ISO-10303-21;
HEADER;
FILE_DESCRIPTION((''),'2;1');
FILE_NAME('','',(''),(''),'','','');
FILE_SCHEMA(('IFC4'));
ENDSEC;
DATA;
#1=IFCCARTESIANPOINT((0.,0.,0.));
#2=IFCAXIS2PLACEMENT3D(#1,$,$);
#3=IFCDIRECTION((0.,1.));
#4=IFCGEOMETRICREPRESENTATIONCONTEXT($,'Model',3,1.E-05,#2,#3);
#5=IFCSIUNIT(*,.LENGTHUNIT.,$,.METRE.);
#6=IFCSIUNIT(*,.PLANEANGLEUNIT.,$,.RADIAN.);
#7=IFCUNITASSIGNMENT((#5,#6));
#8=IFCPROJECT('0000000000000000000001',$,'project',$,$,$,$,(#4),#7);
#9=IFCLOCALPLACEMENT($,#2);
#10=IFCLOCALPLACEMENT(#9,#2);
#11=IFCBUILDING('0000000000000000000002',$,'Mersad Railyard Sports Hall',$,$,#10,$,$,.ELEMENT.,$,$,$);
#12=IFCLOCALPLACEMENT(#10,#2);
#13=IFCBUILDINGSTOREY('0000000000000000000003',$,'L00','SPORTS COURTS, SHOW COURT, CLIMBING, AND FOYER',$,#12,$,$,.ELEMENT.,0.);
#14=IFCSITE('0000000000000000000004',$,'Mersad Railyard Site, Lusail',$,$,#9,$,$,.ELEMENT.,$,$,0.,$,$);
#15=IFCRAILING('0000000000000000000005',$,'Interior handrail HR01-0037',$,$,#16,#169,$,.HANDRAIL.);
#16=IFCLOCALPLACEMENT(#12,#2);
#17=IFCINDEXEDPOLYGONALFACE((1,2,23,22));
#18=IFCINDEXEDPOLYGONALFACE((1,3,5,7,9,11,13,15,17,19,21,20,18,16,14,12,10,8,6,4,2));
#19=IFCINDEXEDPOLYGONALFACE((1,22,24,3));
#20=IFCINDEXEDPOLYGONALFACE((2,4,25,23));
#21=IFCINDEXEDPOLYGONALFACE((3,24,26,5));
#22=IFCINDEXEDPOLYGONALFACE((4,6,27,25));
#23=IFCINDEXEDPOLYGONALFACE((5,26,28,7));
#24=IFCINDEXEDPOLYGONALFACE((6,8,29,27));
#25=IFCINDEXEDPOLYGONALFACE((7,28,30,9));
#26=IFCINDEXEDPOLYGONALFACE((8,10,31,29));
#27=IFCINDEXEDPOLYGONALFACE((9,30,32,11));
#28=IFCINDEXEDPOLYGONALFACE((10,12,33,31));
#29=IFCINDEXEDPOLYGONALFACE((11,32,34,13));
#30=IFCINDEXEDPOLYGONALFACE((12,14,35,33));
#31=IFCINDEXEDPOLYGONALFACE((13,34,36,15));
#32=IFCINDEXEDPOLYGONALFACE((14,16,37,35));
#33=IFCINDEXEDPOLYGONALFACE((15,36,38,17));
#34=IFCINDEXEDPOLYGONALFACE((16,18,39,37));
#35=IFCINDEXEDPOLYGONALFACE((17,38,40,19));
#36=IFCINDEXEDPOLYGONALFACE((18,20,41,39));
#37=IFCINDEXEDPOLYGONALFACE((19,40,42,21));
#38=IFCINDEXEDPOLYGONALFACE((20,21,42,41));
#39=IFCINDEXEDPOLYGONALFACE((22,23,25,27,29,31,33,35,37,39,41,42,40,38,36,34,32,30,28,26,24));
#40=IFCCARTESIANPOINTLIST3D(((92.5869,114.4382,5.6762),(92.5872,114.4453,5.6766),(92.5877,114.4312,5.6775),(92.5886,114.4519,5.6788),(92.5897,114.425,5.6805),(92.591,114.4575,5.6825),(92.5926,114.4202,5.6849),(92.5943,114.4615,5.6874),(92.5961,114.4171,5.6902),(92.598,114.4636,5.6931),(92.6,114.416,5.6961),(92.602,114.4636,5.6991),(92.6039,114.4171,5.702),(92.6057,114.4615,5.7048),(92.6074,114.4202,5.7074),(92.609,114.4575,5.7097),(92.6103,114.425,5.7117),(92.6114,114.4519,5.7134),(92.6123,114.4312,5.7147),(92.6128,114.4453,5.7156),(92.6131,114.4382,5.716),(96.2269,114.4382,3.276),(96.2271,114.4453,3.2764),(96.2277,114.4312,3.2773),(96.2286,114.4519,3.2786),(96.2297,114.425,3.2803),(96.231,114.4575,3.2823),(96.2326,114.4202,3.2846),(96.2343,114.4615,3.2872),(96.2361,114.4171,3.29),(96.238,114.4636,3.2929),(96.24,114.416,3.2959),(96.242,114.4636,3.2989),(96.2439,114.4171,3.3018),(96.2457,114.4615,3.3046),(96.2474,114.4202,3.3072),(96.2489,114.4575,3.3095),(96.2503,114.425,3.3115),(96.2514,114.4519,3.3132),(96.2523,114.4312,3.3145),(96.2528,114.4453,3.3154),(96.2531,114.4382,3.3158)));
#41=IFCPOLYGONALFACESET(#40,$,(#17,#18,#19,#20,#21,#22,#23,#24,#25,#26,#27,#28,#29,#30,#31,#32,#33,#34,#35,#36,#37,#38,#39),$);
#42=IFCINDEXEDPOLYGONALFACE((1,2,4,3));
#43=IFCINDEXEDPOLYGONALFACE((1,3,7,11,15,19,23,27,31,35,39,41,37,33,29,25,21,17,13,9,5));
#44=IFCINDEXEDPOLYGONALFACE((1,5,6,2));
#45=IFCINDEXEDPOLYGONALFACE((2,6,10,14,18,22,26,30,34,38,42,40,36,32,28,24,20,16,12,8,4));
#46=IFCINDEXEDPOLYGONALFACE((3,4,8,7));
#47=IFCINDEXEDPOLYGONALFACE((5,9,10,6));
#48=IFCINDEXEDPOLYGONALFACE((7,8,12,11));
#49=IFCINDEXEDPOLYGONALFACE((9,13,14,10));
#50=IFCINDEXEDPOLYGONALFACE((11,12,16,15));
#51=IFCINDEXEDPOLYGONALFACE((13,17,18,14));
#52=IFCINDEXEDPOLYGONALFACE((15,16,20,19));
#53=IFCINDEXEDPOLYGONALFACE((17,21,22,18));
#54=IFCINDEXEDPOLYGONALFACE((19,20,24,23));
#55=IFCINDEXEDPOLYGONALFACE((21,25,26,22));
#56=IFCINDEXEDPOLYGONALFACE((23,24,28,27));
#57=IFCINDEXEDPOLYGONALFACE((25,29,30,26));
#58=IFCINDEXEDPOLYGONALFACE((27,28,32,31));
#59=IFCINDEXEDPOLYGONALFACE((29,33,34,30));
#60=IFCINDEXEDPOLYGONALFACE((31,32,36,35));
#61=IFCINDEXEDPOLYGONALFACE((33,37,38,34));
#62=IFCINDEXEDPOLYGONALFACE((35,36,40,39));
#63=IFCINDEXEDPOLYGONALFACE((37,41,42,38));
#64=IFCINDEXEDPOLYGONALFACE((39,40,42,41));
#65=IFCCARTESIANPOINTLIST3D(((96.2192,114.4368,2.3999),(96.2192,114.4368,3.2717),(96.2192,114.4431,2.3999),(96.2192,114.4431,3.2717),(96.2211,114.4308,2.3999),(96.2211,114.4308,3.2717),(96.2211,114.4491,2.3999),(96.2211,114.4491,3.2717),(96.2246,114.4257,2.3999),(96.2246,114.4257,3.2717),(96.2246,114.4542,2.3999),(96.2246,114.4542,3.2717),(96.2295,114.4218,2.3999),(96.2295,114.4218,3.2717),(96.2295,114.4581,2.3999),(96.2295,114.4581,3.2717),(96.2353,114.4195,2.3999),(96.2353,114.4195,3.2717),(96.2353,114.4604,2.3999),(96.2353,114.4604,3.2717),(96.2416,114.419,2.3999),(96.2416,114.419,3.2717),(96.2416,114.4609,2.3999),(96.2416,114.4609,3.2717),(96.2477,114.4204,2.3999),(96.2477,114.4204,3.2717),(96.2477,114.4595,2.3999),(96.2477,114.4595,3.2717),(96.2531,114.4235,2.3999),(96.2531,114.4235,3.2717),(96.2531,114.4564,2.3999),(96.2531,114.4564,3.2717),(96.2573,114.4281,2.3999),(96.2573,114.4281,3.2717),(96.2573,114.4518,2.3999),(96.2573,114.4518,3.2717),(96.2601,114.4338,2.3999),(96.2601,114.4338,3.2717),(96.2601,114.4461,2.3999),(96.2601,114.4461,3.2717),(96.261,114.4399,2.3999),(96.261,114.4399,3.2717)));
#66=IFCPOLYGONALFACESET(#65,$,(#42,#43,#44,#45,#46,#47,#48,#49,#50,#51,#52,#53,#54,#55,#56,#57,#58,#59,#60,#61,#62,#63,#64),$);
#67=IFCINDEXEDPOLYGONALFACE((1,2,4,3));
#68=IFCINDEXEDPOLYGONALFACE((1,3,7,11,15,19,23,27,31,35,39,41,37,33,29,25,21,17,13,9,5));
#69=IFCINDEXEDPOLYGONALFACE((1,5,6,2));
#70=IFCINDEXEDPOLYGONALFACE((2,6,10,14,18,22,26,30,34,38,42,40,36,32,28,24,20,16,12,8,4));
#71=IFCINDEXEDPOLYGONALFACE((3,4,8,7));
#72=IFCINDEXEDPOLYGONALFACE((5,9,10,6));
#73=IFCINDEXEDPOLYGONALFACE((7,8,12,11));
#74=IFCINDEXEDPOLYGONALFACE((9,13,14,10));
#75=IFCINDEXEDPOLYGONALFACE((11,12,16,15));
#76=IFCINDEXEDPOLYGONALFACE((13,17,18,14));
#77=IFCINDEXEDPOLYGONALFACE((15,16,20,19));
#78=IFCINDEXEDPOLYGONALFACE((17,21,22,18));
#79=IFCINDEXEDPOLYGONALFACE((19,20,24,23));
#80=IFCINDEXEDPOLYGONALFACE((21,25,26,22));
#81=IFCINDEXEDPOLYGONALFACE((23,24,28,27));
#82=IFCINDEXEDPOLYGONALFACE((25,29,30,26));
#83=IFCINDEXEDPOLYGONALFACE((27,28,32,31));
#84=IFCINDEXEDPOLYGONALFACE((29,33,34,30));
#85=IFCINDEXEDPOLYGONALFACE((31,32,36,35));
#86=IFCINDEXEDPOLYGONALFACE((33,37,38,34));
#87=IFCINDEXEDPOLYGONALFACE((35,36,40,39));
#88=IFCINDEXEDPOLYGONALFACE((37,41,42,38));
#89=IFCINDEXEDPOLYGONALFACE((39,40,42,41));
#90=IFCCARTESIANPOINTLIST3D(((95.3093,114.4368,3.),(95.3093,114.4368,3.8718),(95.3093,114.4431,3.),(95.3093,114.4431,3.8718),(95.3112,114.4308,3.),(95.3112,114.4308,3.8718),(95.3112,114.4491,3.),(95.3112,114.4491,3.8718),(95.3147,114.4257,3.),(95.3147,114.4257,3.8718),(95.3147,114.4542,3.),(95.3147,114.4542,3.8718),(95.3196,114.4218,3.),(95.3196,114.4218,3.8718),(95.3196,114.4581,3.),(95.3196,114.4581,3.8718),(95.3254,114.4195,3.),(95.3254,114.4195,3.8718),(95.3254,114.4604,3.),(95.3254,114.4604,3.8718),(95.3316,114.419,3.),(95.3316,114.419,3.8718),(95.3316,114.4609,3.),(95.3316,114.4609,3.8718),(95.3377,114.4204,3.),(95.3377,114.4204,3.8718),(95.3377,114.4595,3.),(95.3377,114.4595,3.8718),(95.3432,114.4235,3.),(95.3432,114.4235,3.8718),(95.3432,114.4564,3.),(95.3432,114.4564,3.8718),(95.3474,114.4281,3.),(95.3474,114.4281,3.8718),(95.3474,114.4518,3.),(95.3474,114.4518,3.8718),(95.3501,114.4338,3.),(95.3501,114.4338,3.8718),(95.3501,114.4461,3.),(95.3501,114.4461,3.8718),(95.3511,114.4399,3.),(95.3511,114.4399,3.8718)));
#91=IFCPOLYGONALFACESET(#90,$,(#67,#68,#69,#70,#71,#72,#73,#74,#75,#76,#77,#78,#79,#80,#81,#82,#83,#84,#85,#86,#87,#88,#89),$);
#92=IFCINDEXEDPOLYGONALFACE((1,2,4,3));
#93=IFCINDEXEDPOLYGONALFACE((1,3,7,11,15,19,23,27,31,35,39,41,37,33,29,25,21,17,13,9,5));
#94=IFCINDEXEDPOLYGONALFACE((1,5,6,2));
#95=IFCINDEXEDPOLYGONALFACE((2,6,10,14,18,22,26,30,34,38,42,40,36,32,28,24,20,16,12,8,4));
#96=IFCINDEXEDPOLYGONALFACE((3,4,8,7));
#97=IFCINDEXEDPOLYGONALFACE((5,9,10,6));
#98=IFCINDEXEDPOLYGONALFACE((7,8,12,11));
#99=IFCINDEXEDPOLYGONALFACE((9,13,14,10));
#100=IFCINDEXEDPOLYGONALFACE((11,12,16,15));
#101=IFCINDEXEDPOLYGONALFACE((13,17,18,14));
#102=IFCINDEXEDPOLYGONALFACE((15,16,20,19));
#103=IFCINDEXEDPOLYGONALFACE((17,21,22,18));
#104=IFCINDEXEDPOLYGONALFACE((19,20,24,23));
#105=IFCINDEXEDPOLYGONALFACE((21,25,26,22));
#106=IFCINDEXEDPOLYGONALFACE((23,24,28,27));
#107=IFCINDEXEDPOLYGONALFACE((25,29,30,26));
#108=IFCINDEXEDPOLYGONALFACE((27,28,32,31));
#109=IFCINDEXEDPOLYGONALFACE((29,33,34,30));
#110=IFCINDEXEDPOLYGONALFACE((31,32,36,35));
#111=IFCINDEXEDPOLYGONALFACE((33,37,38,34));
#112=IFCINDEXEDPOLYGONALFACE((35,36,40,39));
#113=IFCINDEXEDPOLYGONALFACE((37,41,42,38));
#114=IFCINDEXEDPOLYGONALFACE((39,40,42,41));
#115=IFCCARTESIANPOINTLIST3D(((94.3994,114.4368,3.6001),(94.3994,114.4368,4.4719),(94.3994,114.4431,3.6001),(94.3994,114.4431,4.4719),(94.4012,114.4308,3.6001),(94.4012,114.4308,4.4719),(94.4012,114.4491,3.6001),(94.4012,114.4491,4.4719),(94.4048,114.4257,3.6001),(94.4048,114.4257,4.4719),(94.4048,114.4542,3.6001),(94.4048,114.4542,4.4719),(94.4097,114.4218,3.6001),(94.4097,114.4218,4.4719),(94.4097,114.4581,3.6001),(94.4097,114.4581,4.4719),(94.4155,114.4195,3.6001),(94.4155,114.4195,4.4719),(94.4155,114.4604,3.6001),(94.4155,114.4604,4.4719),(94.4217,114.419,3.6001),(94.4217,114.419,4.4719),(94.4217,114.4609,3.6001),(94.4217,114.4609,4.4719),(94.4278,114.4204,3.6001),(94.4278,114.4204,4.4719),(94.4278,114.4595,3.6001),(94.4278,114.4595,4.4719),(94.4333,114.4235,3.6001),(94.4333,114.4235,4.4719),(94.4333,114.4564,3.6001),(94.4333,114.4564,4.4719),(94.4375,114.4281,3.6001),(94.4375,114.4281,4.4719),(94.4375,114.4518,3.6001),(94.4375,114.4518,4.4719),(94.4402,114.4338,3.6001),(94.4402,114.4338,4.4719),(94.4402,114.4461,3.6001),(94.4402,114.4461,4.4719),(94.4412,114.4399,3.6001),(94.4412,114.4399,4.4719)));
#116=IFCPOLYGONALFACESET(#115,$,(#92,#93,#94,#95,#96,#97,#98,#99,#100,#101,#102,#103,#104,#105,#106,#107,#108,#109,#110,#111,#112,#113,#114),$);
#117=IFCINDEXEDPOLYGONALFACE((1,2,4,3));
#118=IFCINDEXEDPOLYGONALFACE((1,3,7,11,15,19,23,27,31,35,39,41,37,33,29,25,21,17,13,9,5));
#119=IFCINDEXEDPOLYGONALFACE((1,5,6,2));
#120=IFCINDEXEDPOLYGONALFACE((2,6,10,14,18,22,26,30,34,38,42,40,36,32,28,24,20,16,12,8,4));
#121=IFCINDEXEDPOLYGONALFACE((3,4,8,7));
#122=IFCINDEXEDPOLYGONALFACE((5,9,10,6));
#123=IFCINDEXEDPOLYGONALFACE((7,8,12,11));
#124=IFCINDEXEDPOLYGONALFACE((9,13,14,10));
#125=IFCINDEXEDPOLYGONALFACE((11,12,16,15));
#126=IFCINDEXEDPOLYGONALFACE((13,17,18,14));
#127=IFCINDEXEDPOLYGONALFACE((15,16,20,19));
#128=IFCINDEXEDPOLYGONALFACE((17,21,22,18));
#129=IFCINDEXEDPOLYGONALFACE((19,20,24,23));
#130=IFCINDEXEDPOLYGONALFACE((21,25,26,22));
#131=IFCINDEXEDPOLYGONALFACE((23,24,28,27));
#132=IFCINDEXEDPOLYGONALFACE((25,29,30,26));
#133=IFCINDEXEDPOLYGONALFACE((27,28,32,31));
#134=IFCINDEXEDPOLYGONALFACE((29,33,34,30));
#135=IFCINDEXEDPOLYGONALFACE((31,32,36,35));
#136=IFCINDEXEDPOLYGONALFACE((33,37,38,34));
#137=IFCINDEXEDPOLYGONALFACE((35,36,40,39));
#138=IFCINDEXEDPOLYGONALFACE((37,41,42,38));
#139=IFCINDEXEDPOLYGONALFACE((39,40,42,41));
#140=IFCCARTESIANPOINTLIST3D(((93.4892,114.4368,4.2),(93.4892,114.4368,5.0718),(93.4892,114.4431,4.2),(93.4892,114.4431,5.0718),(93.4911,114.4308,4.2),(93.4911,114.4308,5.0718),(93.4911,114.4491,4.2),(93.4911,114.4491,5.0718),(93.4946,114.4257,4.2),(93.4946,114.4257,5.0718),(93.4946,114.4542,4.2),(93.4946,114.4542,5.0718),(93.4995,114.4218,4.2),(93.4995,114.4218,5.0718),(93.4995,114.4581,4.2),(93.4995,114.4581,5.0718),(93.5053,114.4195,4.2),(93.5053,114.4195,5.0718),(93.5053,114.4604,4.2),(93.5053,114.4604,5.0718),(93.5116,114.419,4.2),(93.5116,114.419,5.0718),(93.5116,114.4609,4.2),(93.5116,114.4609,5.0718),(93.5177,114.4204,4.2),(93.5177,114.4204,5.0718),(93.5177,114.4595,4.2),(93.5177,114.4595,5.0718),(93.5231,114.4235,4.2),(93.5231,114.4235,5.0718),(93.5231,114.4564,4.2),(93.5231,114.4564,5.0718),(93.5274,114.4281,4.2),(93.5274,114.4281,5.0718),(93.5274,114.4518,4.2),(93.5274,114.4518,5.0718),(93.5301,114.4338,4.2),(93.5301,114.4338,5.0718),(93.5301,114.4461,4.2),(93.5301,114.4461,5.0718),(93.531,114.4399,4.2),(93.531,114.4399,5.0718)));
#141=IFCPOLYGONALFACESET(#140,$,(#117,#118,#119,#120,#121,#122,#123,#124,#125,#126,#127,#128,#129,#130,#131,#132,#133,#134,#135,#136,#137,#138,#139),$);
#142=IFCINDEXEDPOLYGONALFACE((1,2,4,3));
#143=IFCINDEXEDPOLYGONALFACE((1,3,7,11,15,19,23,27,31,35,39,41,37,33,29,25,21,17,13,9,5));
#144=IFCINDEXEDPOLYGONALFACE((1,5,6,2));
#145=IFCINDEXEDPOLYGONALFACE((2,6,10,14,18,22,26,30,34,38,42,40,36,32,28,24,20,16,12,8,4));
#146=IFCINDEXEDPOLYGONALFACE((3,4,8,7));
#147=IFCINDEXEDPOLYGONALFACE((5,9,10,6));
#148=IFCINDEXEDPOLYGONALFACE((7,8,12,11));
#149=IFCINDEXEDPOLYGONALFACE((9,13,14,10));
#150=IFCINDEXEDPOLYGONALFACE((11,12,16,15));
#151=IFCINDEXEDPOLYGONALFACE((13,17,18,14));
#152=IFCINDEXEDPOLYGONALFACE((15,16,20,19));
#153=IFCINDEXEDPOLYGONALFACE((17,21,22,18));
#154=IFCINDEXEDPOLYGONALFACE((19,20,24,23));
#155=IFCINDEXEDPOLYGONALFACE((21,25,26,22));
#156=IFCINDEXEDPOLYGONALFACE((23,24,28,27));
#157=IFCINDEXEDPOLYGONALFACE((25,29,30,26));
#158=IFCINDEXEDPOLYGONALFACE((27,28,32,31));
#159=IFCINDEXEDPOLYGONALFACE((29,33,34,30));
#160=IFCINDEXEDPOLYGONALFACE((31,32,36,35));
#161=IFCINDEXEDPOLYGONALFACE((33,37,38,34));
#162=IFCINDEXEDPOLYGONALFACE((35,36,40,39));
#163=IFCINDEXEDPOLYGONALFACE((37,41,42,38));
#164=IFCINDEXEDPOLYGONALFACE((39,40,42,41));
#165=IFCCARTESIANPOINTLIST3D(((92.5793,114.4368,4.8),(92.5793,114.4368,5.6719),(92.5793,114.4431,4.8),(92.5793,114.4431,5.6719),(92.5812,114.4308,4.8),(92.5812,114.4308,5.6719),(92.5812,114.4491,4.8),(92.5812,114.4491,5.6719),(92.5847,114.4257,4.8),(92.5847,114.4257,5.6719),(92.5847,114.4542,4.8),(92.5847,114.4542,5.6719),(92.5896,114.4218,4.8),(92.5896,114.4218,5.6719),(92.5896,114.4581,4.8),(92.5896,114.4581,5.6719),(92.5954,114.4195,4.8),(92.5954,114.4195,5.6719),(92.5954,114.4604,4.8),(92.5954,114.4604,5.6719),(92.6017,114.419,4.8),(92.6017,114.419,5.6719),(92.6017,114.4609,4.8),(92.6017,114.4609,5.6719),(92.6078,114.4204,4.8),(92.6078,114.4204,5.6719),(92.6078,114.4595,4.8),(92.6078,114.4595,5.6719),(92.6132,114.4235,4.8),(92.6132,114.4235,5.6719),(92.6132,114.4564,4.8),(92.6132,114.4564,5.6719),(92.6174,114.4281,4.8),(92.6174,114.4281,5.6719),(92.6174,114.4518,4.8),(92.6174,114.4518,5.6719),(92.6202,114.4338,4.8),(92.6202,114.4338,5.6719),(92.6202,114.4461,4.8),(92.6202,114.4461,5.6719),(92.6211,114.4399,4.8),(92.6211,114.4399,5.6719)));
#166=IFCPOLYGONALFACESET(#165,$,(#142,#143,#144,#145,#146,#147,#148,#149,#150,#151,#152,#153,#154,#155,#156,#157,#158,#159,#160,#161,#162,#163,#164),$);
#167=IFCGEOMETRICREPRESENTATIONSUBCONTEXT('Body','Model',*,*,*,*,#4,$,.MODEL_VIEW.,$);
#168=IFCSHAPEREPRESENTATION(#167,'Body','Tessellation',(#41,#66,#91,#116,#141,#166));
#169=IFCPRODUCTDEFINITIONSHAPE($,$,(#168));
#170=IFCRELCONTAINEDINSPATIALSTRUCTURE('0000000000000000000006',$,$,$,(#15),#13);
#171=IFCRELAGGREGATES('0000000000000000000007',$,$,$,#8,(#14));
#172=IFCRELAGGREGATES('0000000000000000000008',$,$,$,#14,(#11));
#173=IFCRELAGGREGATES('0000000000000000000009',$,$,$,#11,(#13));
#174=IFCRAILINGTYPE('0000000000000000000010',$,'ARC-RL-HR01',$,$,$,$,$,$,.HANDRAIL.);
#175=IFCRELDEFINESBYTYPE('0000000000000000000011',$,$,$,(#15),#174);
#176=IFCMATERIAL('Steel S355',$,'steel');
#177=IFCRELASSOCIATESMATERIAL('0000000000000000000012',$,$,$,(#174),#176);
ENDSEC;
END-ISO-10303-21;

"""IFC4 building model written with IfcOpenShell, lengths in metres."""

from ifc_helpers import new_model, si_unit, direction, frame, origin, origin_2d, place, context, subcontext, project, spatial, circle, extrude, material, type_object, element, save


model = new_model("IFC4")

# Units and contexts
model_context = context("Model", 3, precision=1e-05, world=origin(), true_north=direction((0.0, 1.0)))
body_context = subcontext(model_context, "Body", "Model", "MODEL_VIEW")
ifc_project = project(units=[si_unit("LENGTHUNIT", "METRE"), si_unit("PLANEANGLEUNIT", "RADIAN")], contexts=[model_context])

# Site, building, storey
site_placement = place(None, origin())
site = spatial("IfcSite", under=ifc_project, at=site_placement, Name="Mersad Railyard Site, Lusail", CompositionType="ELEMENT", RefElevation=0.0)
building_placement = place(site_placement, origin())
building = spatial("IfcBuilding", under=site, at=building_placement, Name="Mersad Railyard Sports Hall", CompositionType="ELEMENT")
storey_placement = place(building_placement, origin())
storey = spatial("IfcBuildingStorey", under=building, at=storey_placement, Name="L00", Description="SPORTS COURTS, SHOW COURT, CLIMBING, AND FOYER", CompositionType="ELEMENT", Elevation=0.0)

# Shared definitions
ifc_material_1 = material(Name="Steel S355", Category="steel")

# Railing
railing_type_1 = type_object("IfcRailingType", Name="ARC-RL-HR01", PredefinedType="HANDRAIL", material=ifc_material_1)
railing_1_placement = place(storey_placement, frame((96.24, 114.4399, 2.3999)))
element("IfcRailing", 1, at=railing_1_placement, inside=storey, type_object=railing_type_1, Name="Interior handrail HR01-0037", PredefinedType="HANDRAIL", context=body_context, shape_type="SweptSolid", body=[
    extrude(circle(Radius=0.0239, at=origin_2d()), frame((0.0, 0.0, 0.896), z_axis=(-0.834839, 0.0, 0.550493), x_axis=(0.0, -1.0, 0.0)), (0.0, 0.0, 1.0), 4.3601),
    extrude(circle(Radius=0.021, at=origin_2d()), origin(), (0.0, 0.0, 1.0), 0.8718),
    extrude(circle(Radius=0.021, at=origin_2d()), frame((-0.9099, 0.0, 0.6001)), (0.0, 0.0, 1.0), 0.8718),
    extrude(circle(Radius=0.021, at=origin_2d()), frame((-1.8198, 0.0, 1.2002)), (0.0, 0.0, 1.0), 0.8718),
    extrude(circle(Radius=0.021, at=origin_2d()), frame((-2.73, 0.0, 1.8)), (0.0, 0.0, 1.0), 0.8718),
    extrude(circle(Radius=0.021, at=origin_2d()), frame((-3.6399, 0.0, 2.4001)), (0.0, 0.0, 1.0), 0.8718),
])

save(model, "model.ifc")
